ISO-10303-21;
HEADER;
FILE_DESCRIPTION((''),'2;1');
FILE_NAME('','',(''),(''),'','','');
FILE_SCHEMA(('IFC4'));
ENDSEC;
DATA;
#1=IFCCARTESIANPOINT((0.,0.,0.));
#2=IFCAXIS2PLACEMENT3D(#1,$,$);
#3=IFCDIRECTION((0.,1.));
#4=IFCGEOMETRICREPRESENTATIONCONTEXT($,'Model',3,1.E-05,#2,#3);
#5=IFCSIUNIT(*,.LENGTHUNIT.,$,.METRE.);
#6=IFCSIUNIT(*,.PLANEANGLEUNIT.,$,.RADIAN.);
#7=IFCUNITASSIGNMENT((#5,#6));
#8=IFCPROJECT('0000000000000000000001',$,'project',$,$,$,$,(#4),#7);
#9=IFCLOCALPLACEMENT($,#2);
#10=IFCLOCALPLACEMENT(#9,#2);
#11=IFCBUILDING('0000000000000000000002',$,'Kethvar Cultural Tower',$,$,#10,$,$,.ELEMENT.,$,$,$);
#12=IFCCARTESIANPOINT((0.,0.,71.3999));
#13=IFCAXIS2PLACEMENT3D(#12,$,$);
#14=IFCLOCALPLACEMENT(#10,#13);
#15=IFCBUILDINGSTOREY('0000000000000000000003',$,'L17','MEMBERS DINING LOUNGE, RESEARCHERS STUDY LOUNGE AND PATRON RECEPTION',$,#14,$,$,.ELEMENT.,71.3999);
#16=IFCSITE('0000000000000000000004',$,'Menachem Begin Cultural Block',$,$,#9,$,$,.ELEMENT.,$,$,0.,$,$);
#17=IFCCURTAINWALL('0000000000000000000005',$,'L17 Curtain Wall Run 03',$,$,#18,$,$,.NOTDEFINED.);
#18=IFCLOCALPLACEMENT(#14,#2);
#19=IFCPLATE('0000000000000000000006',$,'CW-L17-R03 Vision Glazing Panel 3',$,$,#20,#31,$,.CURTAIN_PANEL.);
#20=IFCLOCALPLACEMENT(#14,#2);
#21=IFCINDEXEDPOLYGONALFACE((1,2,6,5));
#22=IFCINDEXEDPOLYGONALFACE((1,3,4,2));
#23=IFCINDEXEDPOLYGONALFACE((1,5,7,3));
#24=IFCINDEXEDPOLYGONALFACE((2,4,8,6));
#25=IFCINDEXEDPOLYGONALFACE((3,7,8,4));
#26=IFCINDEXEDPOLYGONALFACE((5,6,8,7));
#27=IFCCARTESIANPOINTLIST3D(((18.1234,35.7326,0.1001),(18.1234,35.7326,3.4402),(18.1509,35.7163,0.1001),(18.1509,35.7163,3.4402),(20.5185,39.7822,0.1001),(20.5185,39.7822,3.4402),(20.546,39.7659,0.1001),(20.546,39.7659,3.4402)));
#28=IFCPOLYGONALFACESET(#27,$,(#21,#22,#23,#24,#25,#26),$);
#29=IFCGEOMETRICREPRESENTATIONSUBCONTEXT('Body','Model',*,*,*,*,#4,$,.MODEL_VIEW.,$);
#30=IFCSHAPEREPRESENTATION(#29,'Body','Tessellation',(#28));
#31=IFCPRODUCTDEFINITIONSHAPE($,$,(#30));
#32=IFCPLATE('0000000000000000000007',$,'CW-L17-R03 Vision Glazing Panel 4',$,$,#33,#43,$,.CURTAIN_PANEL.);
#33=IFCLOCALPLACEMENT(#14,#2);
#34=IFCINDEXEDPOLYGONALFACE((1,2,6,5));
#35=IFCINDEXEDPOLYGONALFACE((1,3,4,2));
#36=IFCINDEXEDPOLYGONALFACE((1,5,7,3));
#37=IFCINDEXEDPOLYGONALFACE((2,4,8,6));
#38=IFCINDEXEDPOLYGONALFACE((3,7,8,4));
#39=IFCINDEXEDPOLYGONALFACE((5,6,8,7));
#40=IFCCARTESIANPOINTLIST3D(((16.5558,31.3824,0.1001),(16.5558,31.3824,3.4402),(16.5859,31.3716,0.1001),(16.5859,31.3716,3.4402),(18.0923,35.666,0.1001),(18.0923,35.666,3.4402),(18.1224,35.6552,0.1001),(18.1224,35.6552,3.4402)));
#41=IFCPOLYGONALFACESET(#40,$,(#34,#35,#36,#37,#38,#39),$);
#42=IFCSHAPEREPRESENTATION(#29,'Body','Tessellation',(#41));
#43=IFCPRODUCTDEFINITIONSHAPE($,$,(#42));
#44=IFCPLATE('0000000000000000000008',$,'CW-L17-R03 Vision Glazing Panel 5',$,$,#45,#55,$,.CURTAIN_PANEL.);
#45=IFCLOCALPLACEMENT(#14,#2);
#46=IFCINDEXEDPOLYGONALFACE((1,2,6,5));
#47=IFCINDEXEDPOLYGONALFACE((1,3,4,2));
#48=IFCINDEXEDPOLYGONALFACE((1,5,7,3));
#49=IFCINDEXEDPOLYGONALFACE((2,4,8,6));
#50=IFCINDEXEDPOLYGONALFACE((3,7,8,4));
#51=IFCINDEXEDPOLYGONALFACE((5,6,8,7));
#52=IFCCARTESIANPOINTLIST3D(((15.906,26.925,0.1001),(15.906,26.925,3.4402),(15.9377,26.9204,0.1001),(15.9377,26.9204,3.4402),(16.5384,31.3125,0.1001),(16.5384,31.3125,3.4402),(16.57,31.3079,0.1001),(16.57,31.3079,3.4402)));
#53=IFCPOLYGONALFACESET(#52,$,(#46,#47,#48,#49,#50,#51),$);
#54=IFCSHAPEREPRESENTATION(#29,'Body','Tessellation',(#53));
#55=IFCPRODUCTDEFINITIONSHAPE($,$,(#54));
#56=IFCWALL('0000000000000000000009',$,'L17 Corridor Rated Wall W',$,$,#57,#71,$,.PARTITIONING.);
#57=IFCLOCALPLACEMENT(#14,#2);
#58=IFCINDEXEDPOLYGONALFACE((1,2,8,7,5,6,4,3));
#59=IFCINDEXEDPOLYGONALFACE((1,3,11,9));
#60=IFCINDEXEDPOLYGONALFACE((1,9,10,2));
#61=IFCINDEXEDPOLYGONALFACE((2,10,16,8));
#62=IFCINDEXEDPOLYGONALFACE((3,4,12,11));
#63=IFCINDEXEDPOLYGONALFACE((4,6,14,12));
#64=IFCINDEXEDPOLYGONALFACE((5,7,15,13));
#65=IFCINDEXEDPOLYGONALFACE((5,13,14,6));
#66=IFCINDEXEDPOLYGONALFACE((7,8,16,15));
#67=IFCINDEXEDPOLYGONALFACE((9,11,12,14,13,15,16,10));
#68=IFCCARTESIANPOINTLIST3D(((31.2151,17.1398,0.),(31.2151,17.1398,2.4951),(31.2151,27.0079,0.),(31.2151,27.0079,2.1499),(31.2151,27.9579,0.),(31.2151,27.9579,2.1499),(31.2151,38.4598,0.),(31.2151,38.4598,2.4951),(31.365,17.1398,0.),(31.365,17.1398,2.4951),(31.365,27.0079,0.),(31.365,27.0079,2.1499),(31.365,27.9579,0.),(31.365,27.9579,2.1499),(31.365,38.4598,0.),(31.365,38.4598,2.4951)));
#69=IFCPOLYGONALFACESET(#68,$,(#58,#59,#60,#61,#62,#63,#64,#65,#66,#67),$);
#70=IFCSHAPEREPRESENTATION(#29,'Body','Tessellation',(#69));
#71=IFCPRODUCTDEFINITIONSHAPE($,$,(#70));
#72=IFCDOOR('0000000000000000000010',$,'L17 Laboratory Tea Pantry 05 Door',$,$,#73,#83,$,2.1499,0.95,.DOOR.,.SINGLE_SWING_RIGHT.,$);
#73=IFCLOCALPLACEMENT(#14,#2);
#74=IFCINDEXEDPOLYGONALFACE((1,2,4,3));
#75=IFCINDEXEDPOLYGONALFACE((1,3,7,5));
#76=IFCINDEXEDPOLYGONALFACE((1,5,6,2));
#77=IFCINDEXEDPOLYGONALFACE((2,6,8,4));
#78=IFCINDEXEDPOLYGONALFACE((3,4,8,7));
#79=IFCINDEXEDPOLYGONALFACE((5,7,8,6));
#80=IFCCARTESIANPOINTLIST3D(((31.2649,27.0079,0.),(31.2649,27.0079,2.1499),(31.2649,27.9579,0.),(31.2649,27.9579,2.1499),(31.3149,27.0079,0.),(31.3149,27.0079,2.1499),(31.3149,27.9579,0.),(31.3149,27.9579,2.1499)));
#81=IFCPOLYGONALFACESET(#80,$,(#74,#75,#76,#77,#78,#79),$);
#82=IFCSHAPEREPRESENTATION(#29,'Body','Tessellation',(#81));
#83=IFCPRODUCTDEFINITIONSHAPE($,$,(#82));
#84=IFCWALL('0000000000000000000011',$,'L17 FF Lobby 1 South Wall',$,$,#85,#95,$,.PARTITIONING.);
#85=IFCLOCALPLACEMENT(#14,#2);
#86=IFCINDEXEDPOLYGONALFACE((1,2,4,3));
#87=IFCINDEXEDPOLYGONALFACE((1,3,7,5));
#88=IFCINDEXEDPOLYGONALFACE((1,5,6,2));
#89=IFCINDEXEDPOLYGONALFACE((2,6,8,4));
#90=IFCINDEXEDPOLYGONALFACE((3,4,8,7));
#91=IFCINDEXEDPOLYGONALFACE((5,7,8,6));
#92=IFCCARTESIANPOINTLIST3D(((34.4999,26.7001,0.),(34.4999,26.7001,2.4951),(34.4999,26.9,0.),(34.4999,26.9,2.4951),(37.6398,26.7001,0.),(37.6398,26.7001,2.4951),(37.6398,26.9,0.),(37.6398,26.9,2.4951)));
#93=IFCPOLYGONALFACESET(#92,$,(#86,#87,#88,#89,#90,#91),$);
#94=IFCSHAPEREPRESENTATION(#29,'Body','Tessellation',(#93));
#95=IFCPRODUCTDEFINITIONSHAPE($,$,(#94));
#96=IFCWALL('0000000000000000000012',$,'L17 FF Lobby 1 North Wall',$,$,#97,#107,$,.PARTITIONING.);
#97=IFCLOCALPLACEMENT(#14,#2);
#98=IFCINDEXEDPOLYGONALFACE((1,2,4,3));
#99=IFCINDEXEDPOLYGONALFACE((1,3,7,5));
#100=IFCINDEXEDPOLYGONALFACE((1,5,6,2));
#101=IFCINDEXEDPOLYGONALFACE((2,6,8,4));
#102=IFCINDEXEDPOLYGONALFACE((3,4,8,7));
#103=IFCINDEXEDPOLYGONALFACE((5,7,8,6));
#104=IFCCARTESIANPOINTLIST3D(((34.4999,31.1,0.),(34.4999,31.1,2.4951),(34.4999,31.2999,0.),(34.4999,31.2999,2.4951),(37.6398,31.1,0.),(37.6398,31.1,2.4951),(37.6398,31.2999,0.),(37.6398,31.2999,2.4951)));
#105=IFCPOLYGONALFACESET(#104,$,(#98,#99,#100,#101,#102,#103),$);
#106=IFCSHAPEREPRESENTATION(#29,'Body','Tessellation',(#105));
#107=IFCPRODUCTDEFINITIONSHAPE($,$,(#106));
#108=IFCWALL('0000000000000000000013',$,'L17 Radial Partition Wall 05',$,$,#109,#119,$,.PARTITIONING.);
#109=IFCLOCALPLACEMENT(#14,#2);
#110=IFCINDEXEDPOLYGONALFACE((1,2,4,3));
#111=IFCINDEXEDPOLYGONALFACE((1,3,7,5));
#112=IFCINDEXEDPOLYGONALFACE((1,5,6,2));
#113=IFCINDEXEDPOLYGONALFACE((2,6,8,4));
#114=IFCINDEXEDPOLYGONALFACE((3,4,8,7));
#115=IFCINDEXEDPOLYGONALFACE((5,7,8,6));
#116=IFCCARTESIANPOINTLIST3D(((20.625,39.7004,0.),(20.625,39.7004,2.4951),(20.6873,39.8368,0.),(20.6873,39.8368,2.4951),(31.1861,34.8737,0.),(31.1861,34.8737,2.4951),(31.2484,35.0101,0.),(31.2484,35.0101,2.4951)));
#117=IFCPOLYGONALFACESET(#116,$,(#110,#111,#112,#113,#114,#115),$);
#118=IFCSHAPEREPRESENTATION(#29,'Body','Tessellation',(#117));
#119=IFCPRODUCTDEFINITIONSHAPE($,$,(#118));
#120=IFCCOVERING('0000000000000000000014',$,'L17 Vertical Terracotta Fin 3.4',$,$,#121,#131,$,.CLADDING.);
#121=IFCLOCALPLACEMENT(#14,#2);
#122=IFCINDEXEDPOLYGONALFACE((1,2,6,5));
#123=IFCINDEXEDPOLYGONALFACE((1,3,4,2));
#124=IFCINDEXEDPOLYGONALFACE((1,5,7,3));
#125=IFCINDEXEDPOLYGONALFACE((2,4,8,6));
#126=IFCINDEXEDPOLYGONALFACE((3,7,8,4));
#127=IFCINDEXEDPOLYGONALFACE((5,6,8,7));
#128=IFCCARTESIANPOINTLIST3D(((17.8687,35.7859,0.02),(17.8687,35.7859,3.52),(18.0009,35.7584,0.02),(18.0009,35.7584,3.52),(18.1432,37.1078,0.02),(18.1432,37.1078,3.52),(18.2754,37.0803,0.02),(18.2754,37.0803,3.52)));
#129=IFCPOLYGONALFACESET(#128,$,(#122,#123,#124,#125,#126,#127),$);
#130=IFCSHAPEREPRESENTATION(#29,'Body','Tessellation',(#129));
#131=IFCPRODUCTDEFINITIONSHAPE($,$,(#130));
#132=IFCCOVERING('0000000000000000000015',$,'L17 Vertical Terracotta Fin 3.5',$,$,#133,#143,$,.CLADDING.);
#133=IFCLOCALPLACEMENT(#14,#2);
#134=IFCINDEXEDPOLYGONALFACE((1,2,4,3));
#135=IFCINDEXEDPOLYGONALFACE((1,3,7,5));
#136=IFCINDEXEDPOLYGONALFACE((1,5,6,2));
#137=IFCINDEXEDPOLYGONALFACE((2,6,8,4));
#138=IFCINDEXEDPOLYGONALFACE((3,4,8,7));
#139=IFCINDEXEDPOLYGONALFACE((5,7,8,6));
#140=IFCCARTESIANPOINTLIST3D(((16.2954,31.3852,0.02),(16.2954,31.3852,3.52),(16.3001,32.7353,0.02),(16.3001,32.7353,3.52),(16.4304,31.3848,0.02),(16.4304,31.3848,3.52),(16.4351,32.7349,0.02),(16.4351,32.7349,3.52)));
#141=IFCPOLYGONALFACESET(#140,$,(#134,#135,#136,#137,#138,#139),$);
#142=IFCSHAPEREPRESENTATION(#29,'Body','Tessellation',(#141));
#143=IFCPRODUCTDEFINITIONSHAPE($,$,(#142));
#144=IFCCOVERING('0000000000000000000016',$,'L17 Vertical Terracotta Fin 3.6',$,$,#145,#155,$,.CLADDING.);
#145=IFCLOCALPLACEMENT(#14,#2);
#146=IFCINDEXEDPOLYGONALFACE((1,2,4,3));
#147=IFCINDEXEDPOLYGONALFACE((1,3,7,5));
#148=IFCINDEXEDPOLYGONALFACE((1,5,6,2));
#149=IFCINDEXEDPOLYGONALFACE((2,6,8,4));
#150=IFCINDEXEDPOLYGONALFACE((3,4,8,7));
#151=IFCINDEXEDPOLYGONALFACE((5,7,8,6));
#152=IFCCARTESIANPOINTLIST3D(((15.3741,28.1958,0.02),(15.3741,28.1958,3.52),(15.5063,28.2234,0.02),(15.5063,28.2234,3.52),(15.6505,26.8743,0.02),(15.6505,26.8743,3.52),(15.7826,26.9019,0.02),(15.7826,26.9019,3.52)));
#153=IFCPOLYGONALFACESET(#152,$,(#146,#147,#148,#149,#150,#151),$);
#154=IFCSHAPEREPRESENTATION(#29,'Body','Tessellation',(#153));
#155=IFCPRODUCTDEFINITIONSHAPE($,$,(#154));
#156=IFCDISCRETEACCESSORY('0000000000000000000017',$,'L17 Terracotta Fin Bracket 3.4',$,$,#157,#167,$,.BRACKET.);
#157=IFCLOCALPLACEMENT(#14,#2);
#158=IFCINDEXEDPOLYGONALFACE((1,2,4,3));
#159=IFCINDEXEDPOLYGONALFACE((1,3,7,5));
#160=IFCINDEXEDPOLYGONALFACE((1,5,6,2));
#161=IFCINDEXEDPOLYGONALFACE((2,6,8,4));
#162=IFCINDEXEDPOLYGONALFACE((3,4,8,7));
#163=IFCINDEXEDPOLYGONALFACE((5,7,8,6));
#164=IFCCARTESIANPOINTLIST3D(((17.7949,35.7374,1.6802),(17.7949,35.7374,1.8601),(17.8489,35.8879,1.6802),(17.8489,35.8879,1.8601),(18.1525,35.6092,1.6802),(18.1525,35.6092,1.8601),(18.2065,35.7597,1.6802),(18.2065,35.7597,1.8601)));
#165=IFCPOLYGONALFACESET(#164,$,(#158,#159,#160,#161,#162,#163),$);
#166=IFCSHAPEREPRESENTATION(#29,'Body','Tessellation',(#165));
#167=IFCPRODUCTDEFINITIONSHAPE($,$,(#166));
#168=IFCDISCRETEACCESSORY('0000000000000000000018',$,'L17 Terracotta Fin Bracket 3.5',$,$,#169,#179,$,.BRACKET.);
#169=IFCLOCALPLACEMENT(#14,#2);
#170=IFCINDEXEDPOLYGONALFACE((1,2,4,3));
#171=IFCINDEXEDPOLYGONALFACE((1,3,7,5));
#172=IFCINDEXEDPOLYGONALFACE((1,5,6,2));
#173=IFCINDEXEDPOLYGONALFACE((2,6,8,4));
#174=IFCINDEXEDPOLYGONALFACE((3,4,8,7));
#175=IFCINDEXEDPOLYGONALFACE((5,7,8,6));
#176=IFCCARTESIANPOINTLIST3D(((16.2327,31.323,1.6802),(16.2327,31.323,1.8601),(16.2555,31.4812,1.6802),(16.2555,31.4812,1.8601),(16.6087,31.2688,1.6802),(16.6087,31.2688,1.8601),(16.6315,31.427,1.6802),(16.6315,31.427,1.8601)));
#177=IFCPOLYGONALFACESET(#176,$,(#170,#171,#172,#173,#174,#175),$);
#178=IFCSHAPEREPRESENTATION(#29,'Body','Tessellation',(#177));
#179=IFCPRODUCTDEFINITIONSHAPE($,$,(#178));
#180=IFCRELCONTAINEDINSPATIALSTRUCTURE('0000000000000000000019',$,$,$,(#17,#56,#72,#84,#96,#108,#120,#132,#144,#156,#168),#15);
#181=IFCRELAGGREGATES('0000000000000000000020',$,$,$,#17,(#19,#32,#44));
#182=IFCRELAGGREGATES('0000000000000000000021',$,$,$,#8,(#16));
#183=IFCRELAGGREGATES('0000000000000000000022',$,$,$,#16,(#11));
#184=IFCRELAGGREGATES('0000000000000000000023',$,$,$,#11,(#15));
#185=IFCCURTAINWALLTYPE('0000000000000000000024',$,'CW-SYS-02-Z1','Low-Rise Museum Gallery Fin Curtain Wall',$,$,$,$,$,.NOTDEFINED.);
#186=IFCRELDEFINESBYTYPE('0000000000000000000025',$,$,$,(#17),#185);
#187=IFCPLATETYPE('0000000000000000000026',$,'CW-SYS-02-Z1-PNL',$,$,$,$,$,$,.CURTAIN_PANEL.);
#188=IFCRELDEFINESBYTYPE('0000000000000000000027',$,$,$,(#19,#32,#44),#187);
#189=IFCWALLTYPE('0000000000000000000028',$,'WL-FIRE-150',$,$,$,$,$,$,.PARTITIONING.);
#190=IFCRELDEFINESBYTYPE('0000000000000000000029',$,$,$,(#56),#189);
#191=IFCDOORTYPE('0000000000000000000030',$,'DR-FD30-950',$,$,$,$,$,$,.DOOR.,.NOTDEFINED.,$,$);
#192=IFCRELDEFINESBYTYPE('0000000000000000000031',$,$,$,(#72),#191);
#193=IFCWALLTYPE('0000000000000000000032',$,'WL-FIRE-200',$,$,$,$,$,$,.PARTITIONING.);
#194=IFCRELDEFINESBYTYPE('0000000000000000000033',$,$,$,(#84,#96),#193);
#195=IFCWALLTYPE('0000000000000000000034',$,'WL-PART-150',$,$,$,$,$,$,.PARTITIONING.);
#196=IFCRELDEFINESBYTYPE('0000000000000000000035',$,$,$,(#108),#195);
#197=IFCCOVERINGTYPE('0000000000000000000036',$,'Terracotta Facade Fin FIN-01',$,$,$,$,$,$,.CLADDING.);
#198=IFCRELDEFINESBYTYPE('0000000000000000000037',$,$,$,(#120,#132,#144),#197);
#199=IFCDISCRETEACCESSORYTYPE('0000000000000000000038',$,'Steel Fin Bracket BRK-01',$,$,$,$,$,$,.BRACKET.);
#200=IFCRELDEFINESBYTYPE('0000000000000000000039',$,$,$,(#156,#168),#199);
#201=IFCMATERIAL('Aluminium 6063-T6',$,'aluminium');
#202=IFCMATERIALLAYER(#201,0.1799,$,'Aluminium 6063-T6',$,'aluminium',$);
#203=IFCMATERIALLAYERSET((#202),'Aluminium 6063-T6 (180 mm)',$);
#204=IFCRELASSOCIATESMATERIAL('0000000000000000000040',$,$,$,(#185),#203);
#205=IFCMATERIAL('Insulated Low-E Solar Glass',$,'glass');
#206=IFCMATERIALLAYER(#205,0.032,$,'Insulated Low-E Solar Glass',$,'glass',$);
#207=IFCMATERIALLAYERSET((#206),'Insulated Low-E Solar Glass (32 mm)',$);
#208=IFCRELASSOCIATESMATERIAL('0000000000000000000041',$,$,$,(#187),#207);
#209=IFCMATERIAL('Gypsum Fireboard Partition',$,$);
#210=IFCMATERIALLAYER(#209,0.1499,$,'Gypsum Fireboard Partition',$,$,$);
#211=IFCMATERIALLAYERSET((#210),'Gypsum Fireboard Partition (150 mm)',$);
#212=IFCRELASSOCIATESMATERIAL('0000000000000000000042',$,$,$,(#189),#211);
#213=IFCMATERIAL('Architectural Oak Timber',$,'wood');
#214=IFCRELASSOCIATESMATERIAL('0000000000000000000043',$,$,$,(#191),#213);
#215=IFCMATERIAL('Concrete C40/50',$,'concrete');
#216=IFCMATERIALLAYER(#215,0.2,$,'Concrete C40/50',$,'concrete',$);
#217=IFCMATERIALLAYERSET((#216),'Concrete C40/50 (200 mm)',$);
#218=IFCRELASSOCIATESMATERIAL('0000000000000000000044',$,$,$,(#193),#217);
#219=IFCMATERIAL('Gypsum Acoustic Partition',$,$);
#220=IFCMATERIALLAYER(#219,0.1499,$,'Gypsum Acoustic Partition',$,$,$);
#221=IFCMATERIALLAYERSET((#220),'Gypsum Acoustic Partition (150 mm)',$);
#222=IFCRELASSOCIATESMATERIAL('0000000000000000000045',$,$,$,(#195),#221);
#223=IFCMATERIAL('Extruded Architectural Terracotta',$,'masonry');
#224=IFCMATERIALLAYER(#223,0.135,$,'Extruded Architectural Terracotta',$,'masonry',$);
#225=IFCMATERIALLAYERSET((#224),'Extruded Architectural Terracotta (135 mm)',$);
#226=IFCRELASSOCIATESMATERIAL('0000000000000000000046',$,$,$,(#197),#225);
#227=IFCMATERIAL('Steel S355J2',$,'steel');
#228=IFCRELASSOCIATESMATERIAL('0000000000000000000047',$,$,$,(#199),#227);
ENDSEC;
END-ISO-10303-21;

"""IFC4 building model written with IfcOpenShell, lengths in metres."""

from ifc_helpers import new_model, si_unit, direction, frame, frame_2d, origin, origin_2d, place, context, subcontext, project, spatial, rectangle, extrude, source, transform, mapped, material, layer, layer_set, type_object, element, fill, aggregate, save


model = new_model("IFC4")

# Units and contexts
model_context = context("Model", 3, precision=1e-05, world=origin(), true_north=direction((0.0, 1.0)))
body_context = subcontext(model_context, "Body", "Model", "MODEL_VIEW")
ifc_project = project(units=[si_unit("LENGTHUNIT", "METRE"), si_unit("PLANEANGLEUNIT", "RADIAN")], contexts=[model_context])

# Site, building, storey
site_placement = place(None, origin())
site = spatial("IfcSite", under=ifc_project, at=site_placement, Name="Menachem Begin Cultural Block", CompositionType="ELEMENT", RefElevation=0.0)
building_placement = place(site_placement, origin())
building = spatial("IfcBuilding", under=site, at=building_placement, Name="Kethvar Cultural Tower", CompositionType="ELEMENT")
storey_placement = place(building_placement, frame((0.0, 0.0, 71.3999)))
storey = spatial("IfcBuildingStorey", under=building, at=storey_placement, Name="L17", Description="MEMBERS DINING LOUNGE, RESEARCHERS STUDY LOUNGE AND PATRON RECEPTION", CompositionType="ELEMENT", Elevation=71.3999)

# Shared definitions
ifc_material_1 = material(Name="Steel S355J2", Category="steel")

# Curtain wall, plates
ifc_material_2 = material(Name="Aluminium 6063-T6", Category="aluminium")
ifc_layer_1 = layer(ifc_material_2, 0.1799, Name="Aluminium 6063-T6", Category="aluminium")
ifc_layer_set_1 = layer_set([ifc_layer_1], Name="Aluminium 6063-T6 (180 mm)")
curtain_wall_type = type_object("IfcCurtainWallType", Name="CW-SYS-02-Z1", Description="Low-Rise Museum Gallery Fin Curtain Wall", PredefinedType="NOTDEFINED", material=ifc_layer_set_1)
curtain_wall_placement = place(storey_placement, origin())
curtain_wall = element("IfcCurtainWall", 1, at=curtain_wall_placement, inside=storey, type_object=curtain_wall_type, Name="L17 Curtain Wall Run 03", PredefinedType="NOTDEFINED")
ifc_material_3 = material(Name="Insulated Low-E Solar Glass", Category="glass")
ifc_layer_2 = layer(ifc_material_3, 0.032, Name="Insulated Low-E Solar Glass", Category="glass")
ifc_layer_set_2 = layer_set([ifc_layer_2], Name="Insulated Low-E Solar Glass (32 mm)")
plate_type = type_object("IfcPlateType", Name="CW-SYS-02-Z1-PNL", PredefinedType="CURTAIN_PANEL", material=ifc_layer_set_2)
shared_shape_1 = source(origin(), body_context, "Body", "SweptSolid", [
    extrude(rectangle(XDim=4.7048, YDim=0.032, at=origin_2d()), origin(), (0.0, 0.0, 1.0), 3.3401),
])
plate_1_placement = place(storey_placement, frame((19.3347, 37.7493, 0.1001), z_axis=(0.0, 0.0, 1.0), x_axis=(-0.509071, -0.860724, 0.0)))
plate_1 = element("IfcPlate", 2, at=plate_1_placement, type_object=plate_type, Name="CW-L17-R03 Vision Glazing Panel 3", PredefinedType="CURTAIN_PANEL", context=body_context, shape_type="MappedRepresentation", body=[
    mapped(shared_shape_1, transform((0.0, 0.0, 0.0), scale=1.0)),
])
shared_shape_2 = source(origin(), body_context, "Body", "SweptSolid", [
    extrude(rectangle(XDim=4.5508, YDim=0.032, at=origin_2d()), origin(), (0.0, 0.0, 1.0), 3.3401),
])
plate_2_placement = place(storey_placement, frame((17.3391, 33.5188, 0.1001), z_axis=(0.0, 0.0, 1.0), x_axis=(-0.337621, -0.941282, 0.0)))
plate_2 = element("IfcPlate", 3, at=plate_2_placement, type_object=plate_type, Name="CW-L17-R03 Vision Glazing Panel 4", PredefinedType="CURTAIN_PANEL", context=body_context, shape_type="MappedRepresentation", body=[
    mapped(shared_shape_2, transform((0.0, 0.0, 0.0), scale=1.0)),
])
shared_shape_3 = source(origin(), body_context, "Body", "SweptSolid", [
    extrude(rectangle(XDim=4.4329, YDim=0.032, at=origin_2d()), origin(), (0.0, 0.0, 1.0), 3.3401),
])
plate_3_placement = place(storey_placement, frame((16.238, 29.1165, 0.1001), z_axis=(0.0, 0.0, 1.0), x_axis=(-0.142646, -0.989774, 0.0)))
plate_3 = element("IfcPlate", 4, at=plate_3_placement, type_object=plate_type, Name="CW-L17-R03 Vision Glazing Panel 5", PredefinedType="CURTAIN_PANEL", context=body_context, shape_type="MappedRepresentation", body=[
    mapped(shared_shape_3, transform((0.0, 0.0, 0.0), scale=1.0)),
])
aggregate(curtain_wall, [plate_1, plate_2, plate_3])

# Wall, opening, door
ifc_material_4 = material(Name="Gypsum Fireboard Partition")
ifc_layer_3 = layer(ifc_material_4, 0.1499, Name="Gypsum Fireboard Partition")
ifc_layer_set_3 = layer_set([ifc_layer_3], Name="Gypsum Fireboard Partition (150 mm)")
wall_type_1 = type_object("IfcWallType", Name="WL-FIRE-150", PredefinedType="PARTITIONING", material=ifc_layer_set_3)
wall_1_placement = place(storey_placement, frame((31.29, 38.46, 0.0), z_axis=(0.0, 0.0, 1.0), x_axis=(0.0, -1.0, 0.0)))
wall_1 = element("IfcWall", 5, at=wall_1_placement, inside=storey, type_object=wall_type_1, Name="L17 Corridor Rated Wall W", PredefinedType="PARTITIONING", context=body_context, shape_type="SweptSolid", body=[
    extrude(rectangle(XDim=21.3201, YDim=0.1499, at=frame_2d((10.6602, 0.0))), origin(), (0.0, 0.0, 1.0), 2.4951),
])
opening_1_placement = place(wall_1_placement, frame((10.502, 0.0, 0.0)))
opening_1 = element("IfcOpeningElement", 6, at=opening_1_placement, cuts=wall_1, PredefinedType="OPENING", context=body_context, shape_type="SweptSolid", body=[
    extrude(rectangle(XDim=0.95, YDim=2.1499, at=frame_2d((0.4751, 1.075))), frame((0.0, 0.085, 0.0), z_axis=(0.0, -1.0, 0.0), x_axis=(1.0, 0.0, 0.0)), (0.0, 0.0, 1.0), 0.1699),
])
ifc_material_5 = material(Name="Architectural Oak Timber", Category="wood")
door_type_1 = type_object("IfcDoorType", Name="DR-FD30-950", OperationType="NOTDEFINED", PredefinedType="DOOR", material=ifc_material_5)
shared_shape_4 = source(origin(), body_context, "Body", "SweptSolid", [
    extrude(rectangle(XDim=0.95, YDim=2.1499, at=frame_2d((0.4751, 1.075))), frame((0.0, 0.0249, 0.0), z_axis=(0.0, -1.0, 0.0), x_axis=(1.0, 0.0, 0.0)), (0.0, 0.0, 1.0), 0.05),
])
door_1_placement = place(opening_1_placement, origin())
door_1 = element("IfcDoor", 7, at=door_1_placement, inside=storey, type_object=door_type_1, Name="L17 Laboratory Tea Pantry 05 Door", OperationType="SINGLE_SWING_RIGHT", OverallHeight=2.1499, OverallWidth=0.95, PredefinedType="DOOR", context=body_context, shape_type="MappedRepresentation", body=[
    mapped(shared_shape_4, transform((0.0, 0.0, 0.0), scale=1.0)),
])
fill(opening_1, door_1)
ifc_material_6 = material(Name="Concrete C40/50", Category="concrete")
ifc_layer_4 = layer(ifc_material_6, 0.2, Name="Concrete C40/50", Category="concrete")
ifc_layer_set_4 = layer_set([ifc_layer_4], Name="Concrete C40/50 (200 mm)")
wall_type_2 = type_object("IfcWallType", Name="WL-FIRE-200", PredefinedType="PARTITIONING", material=ifc_layer_set_4)

# Walls
for number, where, z_axis, x_axis, name in (
    (8, (34.5, 26.8, 0.0), (0.0, 0.0, 1.0), (1.0, 0.0, 0.0), "L17 FF Lobby 1 South Wall"),
    (9, (34.5, 31.2, 0.0), (0.0, 0.0, 1.0), (1.0, 0.0, 0.0), "L17 FF Lobby 1 North Wall"),
):
    element("IfcWall", number, at=place(storey_placement, frame(where, z_axis=z_axis, x_axis=x_axis)), inside=storey, type_object=wall_type_2, Name=name, PredefinedType="PARTITIONING", context=body_context, shape_type="SweptSolid", body=[
        extrude(rectangle(XDim=3.1399, YDim=0.2, at=frame_2d((1.5698, 0.0))), origin(), (0.0, 0.0, 1.0), 2.4951),
    ])
ifc_material_7 = material(Name="Gypsum Acoustic Partition")
ifc_layer_5 = layer(ifc_material_7, 0.1499, Name="Gypsum Acoustic Partition")
ifc_layer_set_5 = layer_set([ifc_layer_5], Name="Gypsum Acoustic Partition (150 mm)")
wall_type_3 = type_object("IfcWallType", Name="WL-PART-150", PredefinedType="PARTITIONING", material=ifc_layer_set_5)
wall_2_placement = place(storey_placement, frame((31.2173, 34.9419, 0.0), z_axis=(0.0, 0.0, 1.0), x_axis=(-0.909515, 0.415671, 0.0)))
element("IfcWall", 10, at=wall_2_placement, inside=storey, type_object=wall_type_3, Name="L17 Radial Partition Wall 05", PredefinedType="PARTITIONING", context=body_context, shape_type="SweptSolid", body=[
    extrude(rectangle(XDim=11.6118, YDim=0.1499, at=frame_2d((5.8059, 0.0))), origin(), (0.0, 0.0, 1.0), 2.4951),
])

# Coverings
ifc_material_8 = material(Name="Extruded Architectural Terracotta", Category="masonry")
ifc_layer_6 = layer(ifc_material_8, 0.135, Name="Extruded Architectural Terracotta", Category="masonry")
ifc_layer_set_6 = layer_set([ifc_layer_6], Name="Extruded Architectural Terracotta (135 mm)")
covering_type = type_object("IfcCoveringType", Name="Terracotta Facade Fin FIN-01", PredefinedType="CLADDING", material=ifc_layer_set_6)
shared_shape_5 = source(origin(), body_context, "Body", "SweptSolid", [
    extrude(rectangle(XDim=1.3501, YDim=0.135, at=origin_2d()), origin(), (0.0, 0.0, 1.0), 3.5),
])
for number, where, z_axis, x_axis, name in (
    (11, (18.072, 36.4331, 0.02), (0.0, 0.0, 1.0), (0.2033, 0.979116, 0.0), "L17 Vertical Terracotta Fin 3.4"),
    (12, (16.3652, 32.0601, 0.02), (0.0, 0.0, 1.0), (0.003491, 0.999994, 0.0), "L17 Vertical Terracotta Fin 3.5"),
    (13, (15.5784, 27.5488, 0.02), (0.0, 0.0, 1.0), (-0.204667, 0.978832, 0.0), "L17 Vertical Terracotta Fin 3.6"),
):
    element("IfcCovering", number, at=place(storey_placement, frame(where, z_axis=z_axis, x_axis=x_axis)), inside=storey, type_object=covering_type, Name=name, PredefinedType="CLADDING", context=body_context, shape_type="MappedRepresentation", body=[
        mapped(shared_shape_5, transform((0.0, 0.0, 0.0), scale=1.0)),
    ])

# Discrete accessories
discrete_accessory_type = type_object("IfcDiscreteAccessoryType", Name="Steel Fin Bracket BRK-01", PredefinedType="BRACKET", material=ifc_material_1)
shared_shape_6 = source(origin(), body_context, "Body", "SweptSolid", [
    extrude(rectangle(XDim=0.3799, YDim=0.1599, at=origin_2d()), origin(), (0.0, 0.0, 1.0), 0.1799),
])
for number, where, z_axis, x_axis, name in (
    (14, (18.0007, 35.7485, 1.6802), (0.0, 0.0, 1.0), (-0.941294, 0.337588, 0.0), "L17 Terracotta Fin Bracket 3.4"),
    (15, (16.4321, 31.375, 1.6802), (0.0, 0.0, 1.0), (-0.989776, 0.142629, 0.0), "L17 Terracotta Fin Bracket 3.5"),
):
    element("IfcDiscreteAccessory", number, at=place(storey_placement, frame(where, z_axis=z_axis, x_axis=x_axis)), inside=storey, type_object=discrete_accessory_type, Name=name, PredefinedType="BRACKET", context=body_context, shape_type="MappedRepresentation", body=[
        mapped(shared_shape_6, transform((0.0, 0.0, 0.0), scale=1.0)),
    ])

save(model, "model.ifc")
